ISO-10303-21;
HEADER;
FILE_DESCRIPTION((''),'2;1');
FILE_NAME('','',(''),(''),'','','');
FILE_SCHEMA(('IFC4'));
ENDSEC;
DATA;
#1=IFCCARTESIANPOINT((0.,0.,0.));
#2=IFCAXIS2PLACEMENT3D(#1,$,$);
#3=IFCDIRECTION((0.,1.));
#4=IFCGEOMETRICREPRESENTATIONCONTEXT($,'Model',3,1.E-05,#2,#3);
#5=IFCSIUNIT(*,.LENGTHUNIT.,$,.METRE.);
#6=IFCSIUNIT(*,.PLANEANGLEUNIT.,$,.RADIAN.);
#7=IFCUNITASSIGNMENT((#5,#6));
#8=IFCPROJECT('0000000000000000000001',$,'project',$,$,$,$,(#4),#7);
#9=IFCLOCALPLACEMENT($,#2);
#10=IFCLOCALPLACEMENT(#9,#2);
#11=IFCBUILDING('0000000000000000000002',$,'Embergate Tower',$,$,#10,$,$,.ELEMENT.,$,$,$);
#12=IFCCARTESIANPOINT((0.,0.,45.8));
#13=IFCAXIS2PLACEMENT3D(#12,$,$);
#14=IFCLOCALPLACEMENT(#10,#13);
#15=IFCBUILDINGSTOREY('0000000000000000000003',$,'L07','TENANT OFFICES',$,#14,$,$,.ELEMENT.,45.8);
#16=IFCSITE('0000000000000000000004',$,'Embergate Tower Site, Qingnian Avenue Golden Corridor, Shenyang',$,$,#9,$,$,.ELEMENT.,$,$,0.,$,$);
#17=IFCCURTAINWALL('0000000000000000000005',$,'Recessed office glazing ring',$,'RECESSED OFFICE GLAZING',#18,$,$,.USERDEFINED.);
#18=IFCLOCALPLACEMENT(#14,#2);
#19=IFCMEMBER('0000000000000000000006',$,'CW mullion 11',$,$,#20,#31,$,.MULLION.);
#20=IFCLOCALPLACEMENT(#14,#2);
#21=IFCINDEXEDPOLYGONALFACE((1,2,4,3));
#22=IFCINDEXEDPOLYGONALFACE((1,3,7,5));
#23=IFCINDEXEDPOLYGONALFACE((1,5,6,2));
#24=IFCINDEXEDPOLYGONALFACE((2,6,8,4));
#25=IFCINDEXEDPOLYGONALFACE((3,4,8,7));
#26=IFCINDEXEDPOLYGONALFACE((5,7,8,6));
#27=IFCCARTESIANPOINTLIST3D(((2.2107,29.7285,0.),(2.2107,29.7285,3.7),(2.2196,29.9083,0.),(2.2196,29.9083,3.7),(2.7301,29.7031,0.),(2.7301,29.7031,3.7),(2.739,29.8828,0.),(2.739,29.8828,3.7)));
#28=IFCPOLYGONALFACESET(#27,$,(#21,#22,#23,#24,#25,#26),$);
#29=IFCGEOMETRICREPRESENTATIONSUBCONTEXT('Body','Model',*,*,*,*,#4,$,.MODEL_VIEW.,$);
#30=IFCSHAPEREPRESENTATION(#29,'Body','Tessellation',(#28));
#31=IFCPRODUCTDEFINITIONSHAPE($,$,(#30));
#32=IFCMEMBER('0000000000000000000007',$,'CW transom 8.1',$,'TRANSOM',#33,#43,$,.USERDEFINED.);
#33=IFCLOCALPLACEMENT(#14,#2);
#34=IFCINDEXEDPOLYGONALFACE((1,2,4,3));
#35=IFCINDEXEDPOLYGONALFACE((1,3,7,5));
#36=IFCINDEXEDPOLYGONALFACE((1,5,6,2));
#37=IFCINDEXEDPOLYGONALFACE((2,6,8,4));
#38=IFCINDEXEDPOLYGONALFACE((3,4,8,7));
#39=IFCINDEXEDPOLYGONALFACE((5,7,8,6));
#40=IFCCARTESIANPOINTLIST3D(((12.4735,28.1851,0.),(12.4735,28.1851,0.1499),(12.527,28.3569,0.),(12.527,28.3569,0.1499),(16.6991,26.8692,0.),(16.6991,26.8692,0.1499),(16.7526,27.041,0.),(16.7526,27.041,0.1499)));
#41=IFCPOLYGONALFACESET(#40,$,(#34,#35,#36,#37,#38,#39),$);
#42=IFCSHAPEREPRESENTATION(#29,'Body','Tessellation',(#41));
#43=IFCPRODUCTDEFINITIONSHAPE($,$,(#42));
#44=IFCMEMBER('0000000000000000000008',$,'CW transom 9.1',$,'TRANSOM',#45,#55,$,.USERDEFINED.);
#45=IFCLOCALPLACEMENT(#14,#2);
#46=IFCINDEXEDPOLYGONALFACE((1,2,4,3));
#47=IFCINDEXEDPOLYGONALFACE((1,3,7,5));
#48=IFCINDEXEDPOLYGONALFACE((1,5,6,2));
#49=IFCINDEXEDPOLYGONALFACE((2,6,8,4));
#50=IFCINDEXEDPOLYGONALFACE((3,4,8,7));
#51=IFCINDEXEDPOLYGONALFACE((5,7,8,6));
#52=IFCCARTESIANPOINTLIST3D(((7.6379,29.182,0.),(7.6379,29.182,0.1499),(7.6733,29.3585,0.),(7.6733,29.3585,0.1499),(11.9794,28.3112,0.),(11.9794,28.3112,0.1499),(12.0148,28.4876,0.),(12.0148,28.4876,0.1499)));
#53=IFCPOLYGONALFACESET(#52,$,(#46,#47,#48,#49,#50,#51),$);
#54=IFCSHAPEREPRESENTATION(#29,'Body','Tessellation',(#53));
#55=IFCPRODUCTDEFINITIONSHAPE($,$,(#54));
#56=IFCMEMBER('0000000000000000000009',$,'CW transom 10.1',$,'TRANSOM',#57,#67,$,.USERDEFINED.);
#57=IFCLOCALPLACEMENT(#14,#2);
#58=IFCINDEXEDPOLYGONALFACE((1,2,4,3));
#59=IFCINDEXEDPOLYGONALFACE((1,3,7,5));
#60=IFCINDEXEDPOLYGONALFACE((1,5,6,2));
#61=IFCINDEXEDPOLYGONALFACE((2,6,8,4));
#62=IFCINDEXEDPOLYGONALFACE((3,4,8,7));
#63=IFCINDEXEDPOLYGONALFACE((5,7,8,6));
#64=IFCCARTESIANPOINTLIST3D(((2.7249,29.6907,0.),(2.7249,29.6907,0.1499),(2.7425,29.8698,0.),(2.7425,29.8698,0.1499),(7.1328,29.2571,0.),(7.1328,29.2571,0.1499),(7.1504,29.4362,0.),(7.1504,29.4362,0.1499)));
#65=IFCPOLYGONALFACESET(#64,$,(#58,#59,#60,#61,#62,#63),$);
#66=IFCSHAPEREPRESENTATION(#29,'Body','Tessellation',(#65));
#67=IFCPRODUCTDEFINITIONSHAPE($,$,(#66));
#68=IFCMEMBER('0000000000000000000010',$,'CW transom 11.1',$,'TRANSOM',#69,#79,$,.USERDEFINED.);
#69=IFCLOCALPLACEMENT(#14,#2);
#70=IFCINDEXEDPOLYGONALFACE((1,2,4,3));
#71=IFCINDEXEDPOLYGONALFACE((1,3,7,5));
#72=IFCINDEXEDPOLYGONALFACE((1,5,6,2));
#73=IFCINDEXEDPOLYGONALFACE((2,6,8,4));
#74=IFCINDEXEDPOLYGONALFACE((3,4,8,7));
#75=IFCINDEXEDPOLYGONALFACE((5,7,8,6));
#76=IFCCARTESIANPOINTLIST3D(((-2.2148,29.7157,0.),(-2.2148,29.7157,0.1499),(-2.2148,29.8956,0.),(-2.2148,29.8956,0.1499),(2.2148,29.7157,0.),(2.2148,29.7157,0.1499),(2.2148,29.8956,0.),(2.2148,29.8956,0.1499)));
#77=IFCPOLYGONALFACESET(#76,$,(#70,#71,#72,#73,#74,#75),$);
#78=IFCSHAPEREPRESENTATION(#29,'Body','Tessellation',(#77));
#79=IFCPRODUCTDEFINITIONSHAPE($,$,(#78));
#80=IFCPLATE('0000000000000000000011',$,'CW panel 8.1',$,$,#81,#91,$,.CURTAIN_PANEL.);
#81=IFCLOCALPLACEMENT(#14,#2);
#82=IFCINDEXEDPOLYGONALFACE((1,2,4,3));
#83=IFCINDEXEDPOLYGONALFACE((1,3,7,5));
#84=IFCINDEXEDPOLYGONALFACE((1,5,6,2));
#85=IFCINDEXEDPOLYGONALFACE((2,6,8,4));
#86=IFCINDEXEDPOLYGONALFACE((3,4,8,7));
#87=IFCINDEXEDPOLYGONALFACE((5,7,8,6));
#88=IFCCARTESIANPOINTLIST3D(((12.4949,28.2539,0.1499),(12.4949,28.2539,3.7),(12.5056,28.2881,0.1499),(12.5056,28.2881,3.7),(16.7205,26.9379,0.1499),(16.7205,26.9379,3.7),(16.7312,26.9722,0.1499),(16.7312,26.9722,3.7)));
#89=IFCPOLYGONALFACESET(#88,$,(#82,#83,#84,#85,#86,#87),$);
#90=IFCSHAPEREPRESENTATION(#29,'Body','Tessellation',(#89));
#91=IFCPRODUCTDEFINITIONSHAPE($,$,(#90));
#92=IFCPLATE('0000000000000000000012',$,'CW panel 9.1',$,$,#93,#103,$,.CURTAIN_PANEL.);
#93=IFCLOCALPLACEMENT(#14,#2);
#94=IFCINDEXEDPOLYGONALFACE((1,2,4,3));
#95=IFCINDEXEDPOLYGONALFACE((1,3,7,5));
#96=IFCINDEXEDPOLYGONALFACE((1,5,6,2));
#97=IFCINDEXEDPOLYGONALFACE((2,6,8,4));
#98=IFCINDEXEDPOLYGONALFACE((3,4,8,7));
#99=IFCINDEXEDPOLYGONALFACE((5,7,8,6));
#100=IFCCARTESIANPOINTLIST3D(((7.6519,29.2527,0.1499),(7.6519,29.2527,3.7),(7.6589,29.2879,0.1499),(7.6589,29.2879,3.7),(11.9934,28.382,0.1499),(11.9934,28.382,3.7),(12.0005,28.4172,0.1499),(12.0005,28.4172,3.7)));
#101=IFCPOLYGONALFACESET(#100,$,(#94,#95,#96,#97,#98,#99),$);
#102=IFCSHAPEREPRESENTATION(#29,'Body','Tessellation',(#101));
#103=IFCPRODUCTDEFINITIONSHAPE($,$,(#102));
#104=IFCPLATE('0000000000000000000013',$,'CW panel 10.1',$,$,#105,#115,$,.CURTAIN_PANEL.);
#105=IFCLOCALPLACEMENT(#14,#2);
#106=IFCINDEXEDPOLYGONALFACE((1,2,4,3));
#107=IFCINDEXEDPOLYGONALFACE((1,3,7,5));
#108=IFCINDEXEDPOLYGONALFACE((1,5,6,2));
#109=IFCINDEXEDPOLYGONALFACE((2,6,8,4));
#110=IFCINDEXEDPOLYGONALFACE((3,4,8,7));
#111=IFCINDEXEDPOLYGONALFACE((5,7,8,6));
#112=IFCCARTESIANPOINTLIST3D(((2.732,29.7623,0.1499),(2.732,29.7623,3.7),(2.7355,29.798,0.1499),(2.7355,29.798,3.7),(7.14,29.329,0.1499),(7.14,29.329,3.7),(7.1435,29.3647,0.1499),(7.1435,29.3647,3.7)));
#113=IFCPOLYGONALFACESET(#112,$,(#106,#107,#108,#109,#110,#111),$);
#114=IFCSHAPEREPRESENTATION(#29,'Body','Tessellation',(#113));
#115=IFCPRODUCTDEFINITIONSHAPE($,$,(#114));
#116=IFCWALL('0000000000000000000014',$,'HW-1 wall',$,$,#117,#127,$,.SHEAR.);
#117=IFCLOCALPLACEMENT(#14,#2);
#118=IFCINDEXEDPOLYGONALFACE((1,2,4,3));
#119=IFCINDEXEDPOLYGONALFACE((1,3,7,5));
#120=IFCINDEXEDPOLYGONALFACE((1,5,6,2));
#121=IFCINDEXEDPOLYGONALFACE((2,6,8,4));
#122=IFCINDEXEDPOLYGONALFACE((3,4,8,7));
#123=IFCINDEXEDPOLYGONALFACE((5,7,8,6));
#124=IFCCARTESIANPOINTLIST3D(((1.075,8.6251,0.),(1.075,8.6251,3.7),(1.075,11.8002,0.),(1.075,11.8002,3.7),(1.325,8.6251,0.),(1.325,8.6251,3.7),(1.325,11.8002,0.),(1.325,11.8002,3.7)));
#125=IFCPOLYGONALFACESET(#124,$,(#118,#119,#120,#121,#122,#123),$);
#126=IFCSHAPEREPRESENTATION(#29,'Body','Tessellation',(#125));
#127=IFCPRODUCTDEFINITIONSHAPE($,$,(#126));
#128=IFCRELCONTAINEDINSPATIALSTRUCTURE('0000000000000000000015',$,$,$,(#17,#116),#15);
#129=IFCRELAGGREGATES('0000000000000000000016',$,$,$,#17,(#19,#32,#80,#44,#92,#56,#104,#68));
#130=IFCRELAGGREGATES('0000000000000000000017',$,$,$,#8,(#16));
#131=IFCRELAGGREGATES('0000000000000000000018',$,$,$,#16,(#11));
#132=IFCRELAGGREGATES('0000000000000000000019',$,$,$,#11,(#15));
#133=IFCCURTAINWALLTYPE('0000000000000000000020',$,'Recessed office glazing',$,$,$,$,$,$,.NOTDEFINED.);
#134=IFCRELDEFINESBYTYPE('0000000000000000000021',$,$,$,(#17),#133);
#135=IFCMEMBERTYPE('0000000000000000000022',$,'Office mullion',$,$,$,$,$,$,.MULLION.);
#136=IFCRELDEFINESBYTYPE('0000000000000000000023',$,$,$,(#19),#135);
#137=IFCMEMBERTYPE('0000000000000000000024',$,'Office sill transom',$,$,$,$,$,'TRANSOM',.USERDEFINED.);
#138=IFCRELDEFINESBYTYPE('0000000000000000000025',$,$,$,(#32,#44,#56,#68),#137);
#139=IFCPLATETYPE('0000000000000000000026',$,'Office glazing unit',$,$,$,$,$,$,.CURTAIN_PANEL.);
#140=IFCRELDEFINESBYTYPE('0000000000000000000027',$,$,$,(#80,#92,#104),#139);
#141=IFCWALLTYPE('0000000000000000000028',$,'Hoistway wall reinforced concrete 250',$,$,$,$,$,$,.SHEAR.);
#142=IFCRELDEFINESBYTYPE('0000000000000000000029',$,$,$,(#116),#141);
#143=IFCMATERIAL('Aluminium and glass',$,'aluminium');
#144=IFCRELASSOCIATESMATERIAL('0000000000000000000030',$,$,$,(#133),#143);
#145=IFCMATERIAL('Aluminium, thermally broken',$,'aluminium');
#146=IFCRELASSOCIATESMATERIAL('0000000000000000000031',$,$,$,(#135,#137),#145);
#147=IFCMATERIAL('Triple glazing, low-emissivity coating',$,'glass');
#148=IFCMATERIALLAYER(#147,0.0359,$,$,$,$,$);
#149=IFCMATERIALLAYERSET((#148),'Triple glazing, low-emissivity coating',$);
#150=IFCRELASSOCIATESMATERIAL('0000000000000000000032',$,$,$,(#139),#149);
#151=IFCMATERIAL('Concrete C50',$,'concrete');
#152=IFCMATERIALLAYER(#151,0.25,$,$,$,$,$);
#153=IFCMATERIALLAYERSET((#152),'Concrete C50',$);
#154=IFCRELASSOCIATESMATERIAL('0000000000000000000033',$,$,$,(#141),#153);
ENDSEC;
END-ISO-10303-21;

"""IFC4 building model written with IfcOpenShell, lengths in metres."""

from ifc_helpers import new_model, si_unit, direction, frame, frame_2d, origin, origin_2d, place, context, subcontext, project, spatial, rectangle, extrude, source, transform, mapped, material, layer, layer_set, material_profile, profile_set, type_object, element, aggregate, save


model = new_model("IFC4")

# Units and contexts
model_context = context("Model", 3, precision=1e-05, world=origin(), true_north=direction((0.0, 1.0)))
body_context = subcontext(model_context, "Body", "Model", "MODEL_VIEW")
ifc_project = project(units=[si_unit("LENGTHUNIT", "METRE"), si_unit("PLANEANGLEUNIT", "RADIAN")], contexts=[model_context])

# Site, building, storey
site_placement = place(None, origin())
site = spatial("IfcSite", under=ifc_project, at=site_placement, Name="Embergate Tower Site, Qingnian Avenue Golden Corridor, Shenyang", CompositionType="ELEMENT", RefElevation=0.0)
building_placement = place(site_placement, origin())
building = spatial("IfcBuilding", under=site, at=building_placement, Name="Embergate Tower", CompositionType="ELEMENT")
storey_placement = place(building_placement, frame((0.0, 0.0, 45.8)))
storey = spatial("IfcBuildingStorey", under=building, at=storey_placement, Name="L07", Description="TENANT OFFICES", CompositionType="ELEMENT", Elevation=45.8)

# Curtain wall, members, plates
ifc_material_1 = material(Name="Aluminium and glass", Category="aluminium")
curtain_wall_type = type_object("IfcCurtainWallType", Name="Recessed office glazing", PredefinedType="NOTDEFINED", material=ifc_material_1)
curtain_wall_placement = place(storey_placement, origin())
curtain_wall = element("IfcCurtainWall", 1, at=curtain_wall_placement, inside=storey, type_object=curtain_wall_type, Name="Recessed office glazing ring", ObjectType="RECESSED OFFICE GLAZING", PredefinedType="USERDEFINED")
ifc_material_2 = material(Name="Aluminium, thermally broken", Category="aluminium")
ifc_material_profile_1 = material_profile(ifc_material_2, rectangle(XDim=0.1799, YDim=0.52, at=origin_2d()), Name="AL 520x180")
ifc_profile_set_1 = profile_set([ifc_material_profile_1], Name="Aluminium, thermally broken")
member_type_1 = type_object("IfcMemberType", Name="Office mullion", PredefinedType="MULLION", material=ifc_profile_set_1)
shared_shape_1 = source(origin(), body_context, "Body", "SweptSolid", [
    extrude(rectangle(XDim=0.1799, YDim=0.52, at=origin_2d()), origin(), (0.0, 0.0, 1.0), 3.7),
])
member_1_placement = place(storey_placement, frame((2.4749, 29.8057, 0.0), z_axis=(0.0, 0.0, 1.0), x_axis=(-0.048972, -0.9988, 0.0)))
member_1 = element("IfcMember", 2, at=member_1_placement, type_object=member_type_1, Name="CW mullion 11", PredefinedType="MULLION", context=body_context, shape_type="MappedRepresentation", body=[
    mapped(shared_shape_1, transform((0.0, 0.0, 0.0))),
])
ifc_material_profile_2 = material_profile(ifc_material_2, rectangle(XDim=0.1799, YDim=0.1499, at=origin_2d()), Name="AL 150x180")
ifc_profile_set_2 = profile_set([ifc_material_profile_2], Name="Aluminium, thermally broken")
member_type_2 = type_object("IfcMemberType", Name="Office sill transom", ElementType="TRANSOM", PredefinedType="USERDEFINED", material=ifc_profile_set_2)
shared_shape_2 = source(origin(), body_context, "Body", "SweptSolid", [
    extrude(rectangle(XDim=0.1799, YDim=0.1499, at=origin_2d()), origin(), (0.0, 0.0, 1.0), 4.4258),
])
member_2_placement = place(storey_placement, frame((16.7258, 26.9551, 0.075), z_axis=(-0.954774, 0.297333, 0.0), x_axis=(-0.297333, -0.954774, 0.0)))
member_2 = element("IfcMember", 3, at=member_2_placement, type_object=member_type_2, Name="CW transom 8.1", ObjectType="TRANSOM", PredefinedType="USERDEFINED", context=body_context, shape_type="MappedRepresentation", body=[
    mapped(shared_shape_2, transform((0.0, 0.0, 0.0))),
])
shared_shape_3 = source(origin(), body_context, "Body", "SweptSolid", [
    extrude(rectangle(XDim=0.1799, YDim=0.1499, at=origin_2d()), origin(), (0.0, 0.0, 1.0), 4.428),
])
member_3_placement = place(storey_placement, frame((11.9971, 28.3994, 0.075), z_axis=(-0.98047, 0.196667, 0.0), x_axis=(-0.196667, -0.98047, 0.0)))
member_3 = element("IfcMember", 4, at=member_3_placement, type_object=member_type_2, Name="CW transom 9.1", ObjectType="TRANSOM", PredefinedType="USERDEFINED", context=body_context, shape_type="MappedRepresentation", body=[
    mapped(shared_shape_3, transform((0.0, 0.0, 0.0))),
])
shared_shape_4 = source(origin(), body_context, "Body", "SweptSolid", [
    extrude(rectangle(XDim=0.1799, YDim=0.1499, at=origin_2d()), origin(), (0.0, 0.0, 1.0), 4.4292),
])
member_4_placement = place(storey_placement, frame((7.1416, 29.3467, 0.075), z_axis=(-0.995197, 0.097894, 0.0), x_axis=(-0.097894, -0.995197, 0.0)))
member_4 = element("IfcMember", 5, at=member_4_placement, type_object=member_type_2, Name="CW transom 10.1", ObjectType="TRANSOM", PredefinedType="USERDEFINED", context=body_context, shape_type="MappedRepresentation", body=[
    mapped(shared_shape_4, transform((0.0, 0.0, 0.0))),
])
shared_shape_5 = source(origin(), body_context, "Body", "SweptSolid", [
    extrude(rectangle(XDim=0.1799, YDim=0.1499, at=origin_2d()), origin(), (0.0, 0.0, 1.0), 4.4297),
])
member_5_placement = place(storey_placement, frame((2.2148, 29.8057, 0.075), z_axis=(-1.0, 0.0, 0.0), x_axis=(0.0, -1.0, 0.0)))
member_5 = element("IfcMember", 6, at=member_5_placement, type_object=member_type_2, Name="CW transom 11.1", ObjectType="TRANSOM", PredefinedType="USERDEFINED", context=body_context, shape_type="MappedRepresentation", body=[
    mapped(shared_shape_5, transform((0.0, 0.0, 0.0))),
])
ifc_material_3 = material(Name="Triple glazing, low-emissivity coating", Category="glass")
ifc_layer_1 = layer(ifc_material_3, 0.0359)
ifc_layer_set_1 = layer_set([ifc_layer_1], Name="Triple glazing, low-emissivity coating")
plate_type = type_object("IfcPlateType", Name="Office glazing unit", PredefinedType="CURTAIN_PANEL", material=ifc_layer_set_1)
shared_shape_6 = source(origin(), body_context, "Body", "SweptSolid", [
    extrude(rectangle(XDim=4.4258, YDim=0.0359, at=origin_2d()), origin(), (0.0, 0.0, 1.0), 3.55),
])
plate_1_placement = place(storey_placement, frame((14.613, 27.613, 0.1499), z_axis=(0.0, 0.0, 1.0), x_axis=(-0.954772, 0.297338, 0.0)))
plate_1 = element("IfcPlate", 7, at=plate_1_placement, type_object=plate_type, Name="CW panel 8.1", PredefinedType="CURTAIN_PANEL", context=body_context, shape_type="MappedRepresentation", body=[
    mapped(shared_shape_6, transform((0.0, 0.0, 0.0))),
])
shared_shape_7 = source(origin(), body_context, "Body", "SweptSolid", [
    extrude(rectangle(XDim=4.428, YDim=0.0359, at=origin_2d()), origin(), (0.0, 0.0, 1.0), 3.55),
])
plate_2_placement = place(storey_placement, frame((9.8262, 28.835, 0.1499), z_axis=(0.0, 0.0, 1.0), x_axis=(-0.980476, 0.196639, 0.0)))
plate_2 = element("IfcPlate", 8, at=plate_2_placement, type_object=plate_type, Name="CW panel 9.1", PredefinedType="CURTAIN_PANEL", context=body_context, shape_type="MappedRepresentation", body=[
    mapped(shared_shape_7, transform((0.0, 0.0, 0.0))),
])
shared_shape_8 = source(origin(), body_context, "Body", "SweptSolid", [
    extrude(rectangle(XDim=4.4292, YDim=0.0359, at=origin_2d()), origin(), (0.0, 0.0, 1.0), 3.55),
])
plate_3_placement = place(storey_placement, frame((4.9377, 29.5635, 0.1499), z_axis=(0.0, 0.0, 1.0), x_axis=(-0.995203, 0.09783, 0.0)))
plate_3 = element("IfcPlate", 9, at=plate_3_placement, type_object=plate_type, Name="CW panel 10.1", PredefinedType="CURTAIN_PANEL", context=body_context, shape_type="MappedRepresentation", body=[
    mapped(shared_shape_8, transform((0.0, 0.0, 0.0))),
])
aggregate(curtain_wall, [member_1, member_2, plate_1, member_3, plate_2, member_4, plate_3, member_5])

# Wall
ifc_material_4 = material(Name="Concrete C50", Category="concrete")
ifc_layer_2 = layer(ifc_material_4, 0.25)
ifc_layer_set_2 = layer_set([ifc_layer_2], Name="Concrete C50")
wall_type_1 = type_object("IfcWallType", Name="Hoistway wall reinforced concrete 250", PredefinedType="SHEAR", material=ifc_layer_set_2)
shared_shape_9 = source(origin(), body_context, "Body", "SweptSolid", [
    extrude(rectangle(XDim=3.175, YDim=0.25, at=frame_2d((1.5874, 0.0))), origin(), (0.0, 0.0, 1.0), 3.7),
])
wall_1_placement = place(storey_placement, frame((1.2, 11.8, 0.0), z_axis=(0.0, 0.0, 1.0), x_axis=(0.0, -1.0, 0.0)))
element("IfcWall", 10, at=wall_1_placement, inside=storey, type_object=wall_type_1, Name="HW-1 wall", PredefinedType="SHEAR", context=body_context, shape_type="MappedRepresentation", body=[
    mapped(shared_shape_9, transform((0.0, 0.0, 0.0))),
])

save(model, "model.ifc")
